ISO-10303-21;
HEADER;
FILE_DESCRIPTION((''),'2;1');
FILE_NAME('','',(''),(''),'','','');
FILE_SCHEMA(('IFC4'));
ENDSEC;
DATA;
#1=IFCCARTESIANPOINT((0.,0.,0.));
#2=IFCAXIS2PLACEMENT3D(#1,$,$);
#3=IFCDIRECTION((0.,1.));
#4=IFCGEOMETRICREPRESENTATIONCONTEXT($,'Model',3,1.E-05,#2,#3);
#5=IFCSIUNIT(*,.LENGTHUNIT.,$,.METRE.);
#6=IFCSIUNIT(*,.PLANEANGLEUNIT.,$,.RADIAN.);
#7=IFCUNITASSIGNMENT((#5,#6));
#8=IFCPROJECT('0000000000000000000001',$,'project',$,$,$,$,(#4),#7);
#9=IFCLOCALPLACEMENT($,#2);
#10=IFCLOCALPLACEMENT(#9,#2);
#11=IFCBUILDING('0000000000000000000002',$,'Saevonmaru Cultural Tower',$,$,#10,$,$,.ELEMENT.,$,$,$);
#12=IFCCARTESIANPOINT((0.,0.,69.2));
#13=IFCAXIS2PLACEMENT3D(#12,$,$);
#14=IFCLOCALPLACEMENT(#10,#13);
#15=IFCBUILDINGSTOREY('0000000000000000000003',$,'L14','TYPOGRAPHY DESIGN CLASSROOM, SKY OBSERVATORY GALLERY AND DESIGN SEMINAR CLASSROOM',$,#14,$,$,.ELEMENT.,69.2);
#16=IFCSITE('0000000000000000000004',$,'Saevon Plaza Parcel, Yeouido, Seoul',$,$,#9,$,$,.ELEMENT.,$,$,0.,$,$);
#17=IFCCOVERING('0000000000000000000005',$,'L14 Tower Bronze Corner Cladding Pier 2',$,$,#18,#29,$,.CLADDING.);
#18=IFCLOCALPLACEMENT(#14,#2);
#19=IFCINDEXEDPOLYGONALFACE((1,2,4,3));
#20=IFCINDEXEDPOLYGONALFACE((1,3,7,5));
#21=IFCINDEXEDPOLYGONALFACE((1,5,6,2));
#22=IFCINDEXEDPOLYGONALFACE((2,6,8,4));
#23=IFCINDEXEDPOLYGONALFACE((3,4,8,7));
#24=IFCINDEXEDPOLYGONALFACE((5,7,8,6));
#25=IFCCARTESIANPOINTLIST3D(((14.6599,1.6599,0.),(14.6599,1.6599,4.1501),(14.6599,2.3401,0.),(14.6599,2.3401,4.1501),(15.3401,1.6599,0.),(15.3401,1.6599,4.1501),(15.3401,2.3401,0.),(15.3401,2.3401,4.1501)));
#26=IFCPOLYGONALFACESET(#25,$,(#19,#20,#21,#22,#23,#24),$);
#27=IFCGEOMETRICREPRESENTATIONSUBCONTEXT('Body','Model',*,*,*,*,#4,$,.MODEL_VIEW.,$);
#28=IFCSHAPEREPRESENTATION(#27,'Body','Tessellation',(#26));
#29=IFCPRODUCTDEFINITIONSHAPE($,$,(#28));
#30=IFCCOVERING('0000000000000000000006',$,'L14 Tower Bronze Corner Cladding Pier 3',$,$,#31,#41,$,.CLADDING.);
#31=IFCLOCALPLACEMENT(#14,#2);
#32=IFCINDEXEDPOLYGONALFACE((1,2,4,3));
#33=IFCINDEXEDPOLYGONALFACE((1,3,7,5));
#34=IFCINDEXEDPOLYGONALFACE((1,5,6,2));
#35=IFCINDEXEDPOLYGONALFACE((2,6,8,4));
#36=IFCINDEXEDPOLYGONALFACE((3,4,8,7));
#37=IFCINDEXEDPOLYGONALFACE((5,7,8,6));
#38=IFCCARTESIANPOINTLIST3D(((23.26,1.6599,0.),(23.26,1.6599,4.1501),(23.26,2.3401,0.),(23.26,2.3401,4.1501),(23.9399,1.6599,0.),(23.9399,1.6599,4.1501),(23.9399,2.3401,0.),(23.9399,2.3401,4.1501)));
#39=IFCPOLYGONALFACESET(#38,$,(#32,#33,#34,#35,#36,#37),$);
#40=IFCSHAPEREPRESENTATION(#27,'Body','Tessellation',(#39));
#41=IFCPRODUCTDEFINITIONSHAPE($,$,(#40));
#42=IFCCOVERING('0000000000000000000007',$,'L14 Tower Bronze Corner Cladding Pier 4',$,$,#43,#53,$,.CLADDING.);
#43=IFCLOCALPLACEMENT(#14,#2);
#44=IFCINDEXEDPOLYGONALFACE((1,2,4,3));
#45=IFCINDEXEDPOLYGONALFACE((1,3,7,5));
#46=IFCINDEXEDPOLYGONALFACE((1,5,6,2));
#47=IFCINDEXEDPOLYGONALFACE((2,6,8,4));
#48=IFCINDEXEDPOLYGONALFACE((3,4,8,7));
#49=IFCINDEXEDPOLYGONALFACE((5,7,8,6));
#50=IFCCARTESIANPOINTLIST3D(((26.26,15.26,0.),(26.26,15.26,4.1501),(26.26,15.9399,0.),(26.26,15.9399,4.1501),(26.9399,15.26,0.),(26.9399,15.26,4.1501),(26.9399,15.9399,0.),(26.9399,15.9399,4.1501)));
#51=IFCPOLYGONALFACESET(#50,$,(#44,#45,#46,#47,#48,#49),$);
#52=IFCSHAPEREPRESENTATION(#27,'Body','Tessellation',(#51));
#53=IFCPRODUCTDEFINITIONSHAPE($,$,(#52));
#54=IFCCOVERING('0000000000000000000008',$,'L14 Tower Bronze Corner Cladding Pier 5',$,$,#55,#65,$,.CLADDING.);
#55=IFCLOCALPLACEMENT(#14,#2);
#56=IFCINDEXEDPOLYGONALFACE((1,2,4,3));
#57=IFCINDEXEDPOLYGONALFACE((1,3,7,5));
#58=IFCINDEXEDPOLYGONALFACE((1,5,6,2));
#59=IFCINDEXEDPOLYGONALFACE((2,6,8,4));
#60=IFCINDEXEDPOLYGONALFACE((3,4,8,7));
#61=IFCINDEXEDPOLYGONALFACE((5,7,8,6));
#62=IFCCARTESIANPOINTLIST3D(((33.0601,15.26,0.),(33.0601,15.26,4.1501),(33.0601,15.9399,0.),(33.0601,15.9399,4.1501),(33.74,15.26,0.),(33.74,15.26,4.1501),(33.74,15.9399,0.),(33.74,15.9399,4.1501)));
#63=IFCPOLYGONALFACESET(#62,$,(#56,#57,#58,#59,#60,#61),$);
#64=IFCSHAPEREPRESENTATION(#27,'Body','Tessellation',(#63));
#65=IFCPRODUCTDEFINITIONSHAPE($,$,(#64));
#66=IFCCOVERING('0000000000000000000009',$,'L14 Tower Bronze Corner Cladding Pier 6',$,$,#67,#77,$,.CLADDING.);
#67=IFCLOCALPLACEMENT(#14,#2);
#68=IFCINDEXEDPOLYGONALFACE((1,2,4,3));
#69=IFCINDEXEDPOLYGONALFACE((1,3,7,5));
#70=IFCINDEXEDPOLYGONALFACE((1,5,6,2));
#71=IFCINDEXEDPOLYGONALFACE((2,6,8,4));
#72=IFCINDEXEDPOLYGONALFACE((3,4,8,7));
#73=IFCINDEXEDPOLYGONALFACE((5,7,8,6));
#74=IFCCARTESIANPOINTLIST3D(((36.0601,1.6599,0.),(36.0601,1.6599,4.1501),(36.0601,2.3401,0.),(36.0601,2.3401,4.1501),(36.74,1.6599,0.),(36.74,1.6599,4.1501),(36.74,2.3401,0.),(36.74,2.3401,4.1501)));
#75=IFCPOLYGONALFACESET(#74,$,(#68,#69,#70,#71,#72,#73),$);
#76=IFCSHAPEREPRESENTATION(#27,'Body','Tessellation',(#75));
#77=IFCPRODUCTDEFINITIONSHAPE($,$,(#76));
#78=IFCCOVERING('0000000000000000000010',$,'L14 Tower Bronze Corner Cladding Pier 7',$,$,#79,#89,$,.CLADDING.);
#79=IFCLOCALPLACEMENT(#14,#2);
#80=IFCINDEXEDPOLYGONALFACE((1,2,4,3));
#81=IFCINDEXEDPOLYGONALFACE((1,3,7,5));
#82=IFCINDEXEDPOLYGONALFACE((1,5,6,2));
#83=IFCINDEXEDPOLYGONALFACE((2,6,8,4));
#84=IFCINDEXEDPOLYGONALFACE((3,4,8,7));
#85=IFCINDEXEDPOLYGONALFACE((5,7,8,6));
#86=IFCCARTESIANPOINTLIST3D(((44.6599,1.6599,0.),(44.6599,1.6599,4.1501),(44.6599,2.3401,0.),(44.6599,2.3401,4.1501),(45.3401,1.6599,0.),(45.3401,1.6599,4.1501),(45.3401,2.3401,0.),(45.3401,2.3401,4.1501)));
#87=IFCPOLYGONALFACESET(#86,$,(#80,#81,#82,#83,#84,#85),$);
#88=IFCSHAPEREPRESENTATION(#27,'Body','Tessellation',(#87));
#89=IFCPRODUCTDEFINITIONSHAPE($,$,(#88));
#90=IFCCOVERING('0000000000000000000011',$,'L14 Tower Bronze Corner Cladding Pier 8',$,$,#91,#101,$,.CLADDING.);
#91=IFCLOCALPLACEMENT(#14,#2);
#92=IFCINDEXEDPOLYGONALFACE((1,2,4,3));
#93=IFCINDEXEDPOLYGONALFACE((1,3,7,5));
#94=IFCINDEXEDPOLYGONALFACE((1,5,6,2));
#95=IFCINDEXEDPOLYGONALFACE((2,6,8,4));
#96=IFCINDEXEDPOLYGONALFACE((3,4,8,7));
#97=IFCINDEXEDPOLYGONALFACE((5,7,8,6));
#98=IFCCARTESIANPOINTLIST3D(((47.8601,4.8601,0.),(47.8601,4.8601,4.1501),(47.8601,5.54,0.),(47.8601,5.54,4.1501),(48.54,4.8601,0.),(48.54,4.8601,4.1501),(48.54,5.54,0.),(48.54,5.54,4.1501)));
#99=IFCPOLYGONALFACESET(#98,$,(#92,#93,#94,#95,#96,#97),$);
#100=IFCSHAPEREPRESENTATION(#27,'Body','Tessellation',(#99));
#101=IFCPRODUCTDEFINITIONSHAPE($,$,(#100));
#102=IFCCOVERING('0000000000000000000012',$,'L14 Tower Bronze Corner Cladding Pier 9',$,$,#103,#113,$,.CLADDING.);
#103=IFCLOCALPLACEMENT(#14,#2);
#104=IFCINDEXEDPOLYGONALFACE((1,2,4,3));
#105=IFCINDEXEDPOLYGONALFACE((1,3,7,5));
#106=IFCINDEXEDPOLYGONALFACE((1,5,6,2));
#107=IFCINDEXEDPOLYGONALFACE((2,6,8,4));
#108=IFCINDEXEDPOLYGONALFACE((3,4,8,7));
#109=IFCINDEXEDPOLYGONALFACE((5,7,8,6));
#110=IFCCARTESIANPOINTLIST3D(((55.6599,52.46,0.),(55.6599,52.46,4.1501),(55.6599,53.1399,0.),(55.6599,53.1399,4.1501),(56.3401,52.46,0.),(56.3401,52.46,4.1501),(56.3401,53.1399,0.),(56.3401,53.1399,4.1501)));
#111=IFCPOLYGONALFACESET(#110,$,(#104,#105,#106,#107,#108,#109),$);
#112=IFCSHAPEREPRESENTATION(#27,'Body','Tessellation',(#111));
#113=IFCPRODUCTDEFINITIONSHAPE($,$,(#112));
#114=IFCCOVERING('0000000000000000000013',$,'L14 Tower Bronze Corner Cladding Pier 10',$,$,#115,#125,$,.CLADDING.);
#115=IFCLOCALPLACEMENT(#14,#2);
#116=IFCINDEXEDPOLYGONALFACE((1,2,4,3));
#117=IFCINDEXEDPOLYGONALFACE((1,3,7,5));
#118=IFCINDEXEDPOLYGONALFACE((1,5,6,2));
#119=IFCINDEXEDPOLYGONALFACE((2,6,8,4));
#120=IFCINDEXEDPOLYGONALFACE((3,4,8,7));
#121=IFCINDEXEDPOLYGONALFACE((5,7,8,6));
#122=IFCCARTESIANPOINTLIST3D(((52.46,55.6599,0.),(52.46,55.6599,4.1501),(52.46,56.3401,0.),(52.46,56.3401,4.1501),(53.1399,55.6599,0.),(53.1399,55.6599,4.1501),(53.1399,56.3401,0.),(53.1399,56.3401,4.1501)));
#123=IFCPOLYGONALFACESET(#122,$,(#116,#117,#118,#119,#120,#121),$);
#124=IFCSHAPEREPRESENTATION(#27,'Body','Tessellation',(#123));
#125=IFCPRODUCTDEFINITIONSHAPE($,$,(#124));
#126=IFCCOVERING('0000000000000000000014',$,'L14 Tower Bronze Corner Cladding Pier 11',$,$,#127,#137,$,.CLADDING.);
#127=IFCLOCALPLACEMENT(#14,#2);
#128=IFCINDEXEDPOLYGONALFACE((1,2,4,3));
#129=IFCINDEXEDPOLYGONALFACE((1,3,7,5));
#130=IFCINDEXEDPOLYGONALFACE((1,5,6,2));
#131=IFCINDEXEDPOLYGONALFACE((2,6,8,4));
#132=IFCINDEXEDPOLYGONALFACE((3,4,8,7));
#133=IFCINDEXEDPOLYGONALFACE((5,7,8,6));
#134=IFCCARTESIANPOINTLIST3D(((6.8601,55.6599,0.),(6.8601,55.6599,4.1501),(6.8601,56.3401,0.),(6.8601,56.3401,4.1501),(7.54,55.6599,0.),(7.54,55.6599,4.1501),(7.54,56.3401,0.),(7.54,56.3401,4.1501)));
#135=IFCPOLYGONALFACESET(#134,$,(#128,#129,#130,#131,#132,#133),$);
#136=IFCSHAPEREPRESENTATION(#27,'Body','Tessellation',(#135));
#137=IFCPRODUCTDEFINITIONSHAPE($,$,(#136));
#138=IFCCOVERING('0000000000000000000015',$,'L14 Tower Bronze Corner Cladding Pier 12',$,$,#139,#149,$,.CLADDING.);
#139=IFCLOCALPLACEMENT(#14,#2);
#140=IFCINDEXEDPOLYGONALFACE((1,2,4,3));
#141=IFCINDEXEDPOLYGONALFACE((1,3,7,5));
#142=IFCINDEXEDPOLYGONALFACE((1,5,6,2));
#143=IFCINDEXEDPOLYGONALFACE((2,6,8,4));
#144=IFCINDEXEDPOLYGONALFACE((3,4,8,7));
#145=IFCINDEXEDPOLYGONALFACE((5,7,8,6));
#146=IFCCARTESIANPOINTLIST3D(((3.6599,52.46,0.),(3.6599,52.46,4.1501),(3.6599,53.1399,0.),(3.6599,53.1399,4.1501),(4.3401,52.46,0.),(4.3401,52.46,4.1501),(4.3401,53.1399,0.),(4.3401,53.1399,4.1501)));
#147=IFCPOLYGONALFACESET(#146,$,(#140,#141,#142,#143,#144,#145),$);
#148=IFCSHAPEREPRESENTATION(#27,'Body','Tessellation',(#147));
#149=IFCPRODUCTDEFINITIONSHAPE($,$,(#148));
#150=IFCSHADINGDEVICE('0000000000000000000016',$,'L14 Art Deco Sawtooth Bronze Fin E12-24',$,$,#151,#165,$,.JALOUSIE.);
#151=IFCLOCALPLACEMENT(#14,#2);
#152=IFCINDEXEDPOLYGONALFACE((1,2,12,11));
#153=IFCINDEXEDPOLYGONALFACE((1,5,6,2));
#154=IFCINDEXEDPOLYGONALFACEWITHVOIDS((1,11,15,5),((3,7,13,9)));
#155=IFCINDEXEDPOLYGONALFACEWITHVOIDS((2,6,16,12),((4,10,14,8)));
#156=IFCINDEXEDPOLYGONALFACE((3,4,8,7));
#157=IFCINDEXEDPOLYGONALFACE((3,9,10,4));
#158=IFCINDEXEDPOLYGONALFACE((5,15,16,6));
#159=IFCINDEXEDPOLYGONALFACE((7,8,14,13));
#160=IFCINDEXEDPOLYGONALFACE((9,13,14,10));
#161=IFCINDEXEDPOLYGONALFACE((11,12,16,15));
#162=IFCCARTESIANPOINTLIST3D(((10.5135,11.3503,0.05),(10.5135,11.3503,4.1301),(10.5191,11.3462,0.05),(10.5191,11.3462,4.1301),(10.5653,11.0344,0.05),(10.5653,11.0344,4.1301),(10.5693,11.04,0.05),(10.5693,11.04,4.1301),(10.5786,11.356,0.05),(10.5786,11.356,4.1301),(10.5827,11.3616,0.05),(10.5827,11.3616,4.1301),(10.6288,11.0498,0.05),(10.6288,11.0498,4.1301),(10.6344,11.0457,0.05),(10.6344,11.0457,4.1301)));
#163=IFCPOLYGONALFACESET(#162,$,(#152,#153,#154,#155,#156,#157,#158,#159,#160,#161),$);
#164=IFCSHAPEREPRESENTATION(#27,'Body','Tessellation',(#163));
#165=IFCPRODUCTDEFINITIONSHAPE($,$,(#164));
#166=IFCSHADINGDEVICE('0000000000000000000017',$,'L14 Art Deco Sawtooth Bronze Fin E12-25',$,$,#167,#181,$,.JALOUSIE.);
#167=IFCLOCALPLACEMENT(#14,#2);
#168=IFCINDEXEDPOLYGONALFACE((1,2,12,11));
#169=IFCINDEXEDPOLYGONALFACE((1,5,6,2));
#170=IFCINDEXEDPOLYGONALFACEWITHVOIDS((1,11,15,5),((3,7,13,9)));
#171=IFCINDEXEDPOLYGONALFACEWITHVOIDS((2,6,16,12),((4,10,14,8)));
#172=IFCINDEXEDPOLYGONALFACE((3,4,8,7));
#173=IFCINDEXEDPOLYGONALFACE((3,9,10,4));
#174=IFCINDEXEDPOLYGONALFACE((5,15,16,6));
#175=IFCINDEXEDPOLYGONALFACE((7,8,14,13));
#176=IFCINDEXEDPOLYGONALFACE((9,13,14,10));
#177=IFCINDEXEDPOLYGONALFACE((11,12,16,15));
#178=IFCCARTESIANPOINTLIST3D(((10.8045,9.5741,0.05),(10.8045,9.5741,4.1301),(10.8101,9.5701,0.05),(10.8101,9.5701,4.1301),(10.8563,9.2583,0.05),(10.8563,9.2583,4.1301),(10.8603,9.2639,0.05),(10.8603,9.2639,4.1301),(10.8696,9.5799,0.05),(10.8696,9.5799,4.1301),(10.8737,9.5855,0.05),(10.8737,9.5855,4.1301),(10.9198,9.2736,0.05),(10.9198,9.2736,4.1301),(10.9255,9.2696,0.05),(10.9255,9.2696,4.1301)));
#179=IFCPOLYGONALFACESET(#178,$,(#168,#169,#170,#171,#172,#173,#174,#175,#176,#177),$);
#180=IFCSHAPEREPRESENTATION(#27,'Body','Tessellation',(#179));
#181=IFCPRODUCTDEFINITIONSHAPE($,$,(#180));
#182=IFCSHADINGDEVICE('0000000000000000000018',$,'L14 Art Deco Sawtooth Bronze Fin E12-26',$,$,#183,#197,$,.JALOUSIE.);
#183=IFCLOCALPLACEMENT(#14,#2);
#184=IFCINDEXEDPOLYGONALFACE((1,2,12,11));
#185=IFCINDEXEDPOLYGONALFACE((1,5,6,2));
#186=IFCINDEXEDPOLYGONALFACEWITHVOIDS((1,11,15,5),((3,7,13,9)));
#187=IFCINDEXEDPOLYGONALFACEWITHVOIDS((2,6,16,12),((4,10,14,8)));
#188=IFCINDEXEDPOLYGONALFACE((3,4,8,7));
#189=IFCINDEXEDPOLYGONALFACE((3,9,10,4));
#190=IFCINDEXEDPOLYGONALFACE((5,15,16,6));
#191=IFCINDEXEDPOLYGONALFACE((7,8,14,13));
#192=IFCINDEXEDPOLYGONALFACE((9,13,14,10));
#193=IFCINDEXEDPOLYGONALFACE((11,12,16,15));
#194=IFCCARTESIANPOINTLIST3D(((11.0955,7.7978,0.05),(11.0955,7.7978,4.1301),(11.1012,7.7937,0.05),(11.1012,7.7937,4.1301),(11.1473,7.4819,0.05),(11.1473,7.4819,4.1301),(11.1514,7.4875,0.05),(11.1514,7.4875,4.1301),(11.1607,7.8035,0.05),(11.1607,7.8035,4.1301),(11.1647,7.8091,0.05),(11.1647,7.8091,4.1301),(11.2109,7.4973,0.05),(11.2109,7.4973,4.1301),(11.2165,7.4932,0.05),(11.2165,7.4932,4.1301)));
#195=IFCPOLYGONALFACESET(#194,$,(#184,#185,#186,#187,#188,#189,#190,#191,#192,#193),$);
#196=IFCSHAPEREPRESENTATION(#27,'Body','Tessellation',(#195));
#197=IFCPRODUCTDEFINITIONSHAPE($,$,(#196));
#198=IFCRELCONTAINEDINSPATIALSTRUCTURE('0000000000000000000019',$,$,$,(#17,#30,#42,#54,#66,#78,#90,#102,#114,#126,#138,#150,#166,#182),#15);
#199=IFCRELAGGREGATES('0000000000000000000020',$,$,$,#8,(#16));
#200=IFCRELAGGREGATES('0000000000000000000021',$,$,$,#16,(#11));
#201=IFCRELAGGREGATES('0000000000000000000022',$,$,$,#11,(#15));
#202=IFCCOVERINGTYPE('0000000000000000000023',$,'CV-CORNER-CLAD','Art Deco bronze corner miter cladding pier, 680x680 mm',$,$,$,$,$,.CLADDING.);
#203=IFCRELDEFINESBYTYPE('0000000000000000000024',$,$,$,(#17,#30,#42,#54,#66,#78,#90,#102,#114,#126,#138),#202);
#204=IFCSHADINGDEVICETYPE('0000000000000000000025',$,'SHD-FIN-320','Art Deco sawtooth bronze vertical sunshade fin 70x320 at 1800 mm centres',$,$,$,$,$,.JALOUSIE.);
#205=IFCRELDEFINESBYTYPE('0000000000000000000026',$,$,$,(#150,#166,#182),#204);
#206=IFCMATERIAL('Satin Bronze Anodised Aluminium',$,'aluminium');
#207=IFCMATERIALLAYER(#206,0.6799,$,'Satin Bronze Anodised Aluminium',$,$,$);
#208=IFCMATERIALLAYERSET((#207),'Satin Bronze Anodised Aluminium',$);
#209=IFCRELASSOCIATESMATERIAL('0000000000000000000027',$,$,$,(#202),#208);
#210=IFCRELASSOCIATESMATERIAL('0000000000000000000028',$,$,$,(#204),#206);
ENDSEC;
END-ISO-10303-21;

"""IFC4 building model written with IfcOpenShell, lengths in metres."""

from ifc_helpers import new_model, si_unit, direction, frame, origin, origin_2d, place, context, subcontext, project, spatial, polyline, hollow_rectangle, outline, extrude, material, layer, layer_set, material_profile, profile_set, type_object, element, save


model = new_model("IFC4")

# Units and contexts
model_context = context("Model", 3, precision=1e-05, world=origin(), true_north=direction((0.0, 1.0)))
body_context = subcontext(model_context, "Body", "Model", "MODEL_VIEW")
ifc_project = project(units=[si_unit("LENGTHUNIT", "METRE"), si_unit("PLANEANGLEUNIT", "RADIAN")], contexts=[model_context])

# Site, building, storey
site_placement = place(None, origin())
site = spatial("IfcSite", under=ifc_project, at=site_placement, Name="Saevon Plaza Parcel, Yeouido, Seoul", CompositionType="ELEMENT", RefElevation=0.0)
building_placement = place(site_placement, origin())
building = spatial("IfcBuilding", under=site, at=building_placement, Name="Saevonmaru Cultural Tower", CompositionType="ELEMENT")
storey_placement = place(building_placement, frame((0.0, 0.0, 69.2)))
storey = spatial("IfcBuildingStorey", under=building, at=storey_placement, Name="L14", Description="TYPOGRAPHY DESIGN CLASSROOM, SKY OBSERVATORY GALLERY AND DESIGN SEMINAR CLASSROOM", CompositionType="ELEMENT", Elevation=69.2)

# Shared definitions
ifc_material_1 = material(Name="Satin Bronze Anodised Aluminium", Category="aluminium")

# Coverings
ifc_layer_1 = layer(ifc_material_1, 0.6799, Name="Satin Bronze Anodised Aluminium")
ifc_layer_set_1 = layer_set([ifc_layer_1], Name="Satin Bronze Anodised Aluminium")
covering_type = type_object("IfcCoveringType", Name="CV-CORNER-CLAD", Description="Art Deco bronze corner miter cladding pier, 680x680 mm", PredefinedType="CLADDING", material=ifc_layer_set_1)
covering_1_placement = place(storey_placement, origin())
element("IfcCovering", 1, at=covering_1_placement, inside=storey, type_object=covering_type, Name="L14 Tower Bronze Corner Cladding Pier 2", PredefinedType="CLADDING", context=body_context, shape_type="SweptSolid", body=[
    extrude(outline(polyline([(14.6599, 1.6599), (15.3401, 1.6599), (15.3401, 2.3401), (14.6599, 2.3401), (14.6599, 1.6599)])), origin(), (0.0, 0.0, 1.0), 4.1501),
])
covering_2_placement = place(storey_placement, origin())
element("IfcCovering", 2, at=covering_2_placement, inside=storey, type_object=covering_type, Name="L14 Tower Bronze Corner Cladding Pier 3", PredefinedType="CLADDING", context=body_context, shape_type="SweptSolid", body=[
    extrude(outline(polyline([(23.26, 1.6599), (23.9399, 1.6599), (23.9399, 2.3401), (23.26, 2.3401), (23.26, 1.6599)])), origin(), (0.0, 0.0, 1.0), 4.1501),
])
covering_3_placement = place(storey_placement, origin())
element("IfcCovering", 3, at=covering_3_placement, inside=storey, type_object=covering_type, Name="L14 Tower Bronze Corner Cladding Pier 4", PredefinedType="CLADDING", context=body_context, shape_type="SweptSolid", body=[
    extrude(outline(polyline([(26.26, 15.26), (26.9399, 15.26), (26.9399, 15.9399), (26.26, 15.9399), (26.26, 15.26)])), origin(), (0.0, 0.0, 1.0), 4.1501),
])
covering_4_placement = place(storey_placement, origin())
element("IfcCovering", 4, at=covering_4_placement, inside=storey, type_object=covering_type, Name="L14 Tower Bronze Corner Cladding Pier 5", PredefinedType="CLADDING", context=body_context, shape_type="SweptSolid", body=[
    extrude(outline(polyline([(33.0601, 15.26), (33.74, 15.26), (33.74, 15.9399), (33.0601, 15.9399), (33.0601, 15.26)])), origin(), (0.0, 0.0, 1.0), 4.1501),
])
covering_5_placement = place(storey_placement, origin())
element("IfcCovering", 5, at=covering_5_placement, inside=storey, type_object=covering_type, Name="L14 Tower Bronze Corner Cladding Pier 6", PredefinedType="CLADDING", context=body_context, shape_type="SweptSolid", body=[
    extrude(outline(polyline([(36.0601, 1.6599), (36.74, 1.6599), (36.74, 2.3401), (36.0601, 2.3401), (36.0601, 1.6599)])), origin(), (0.0, 0.0, 1.0), 4.1501),
])
covering_6_placement = place(storey_placement, origin())
element("IfcCovering", 6, at=covering_6_placement, inside=storey, type_object=covering_type, Name="L14 Tower Bronze Corner Cladding Pier 7", PredefinedType="CLADDING", context=body_context, shape_type="SweptSolid", body=[
    extrude(outline(polyline([(44.6599, 1.6599), (45.3401, 1.6599), (45.3401, 2.3401), (44.6599, 2.3401), (44.6599, 1.6599)])), origin(), (0.0, 0.0, 1.0), 4.1501),
])
covering_7_placement = place(storey_placement, origin())
element("IfcCovering", 7, at=covering_7_placement, inside=storey, type_object=covering_type, Name="L14 Tower Bronze Corner Cladding Pier 8", PredefinedType="CLADDING", context=body_context, shape_type="SweptSolid", body=[
    extrude(outline(polyline([(47.8601, 4.8601), (48.54, 4.8601), (48.54, 5.54), (47.8601, 5.54), (47.8601, 4.8601)])), origin(), (0.0, 0.0, 1.0), 4.1501),
])
covering_8_placement = place(storey_placement, origin())
element("IfcCovering", 8, at=covering_8_placement, inside=storey, type_object=covering_type, Name="L14 Tower Bronze Corner Cladding Pier 9", PredefinedType="CLADDING", context=body_context, shape_type="SweptSolid", body=[
    extrude(outline(polyline([(55.6599, 52.46), (56.3401, 52.46), (56.3401, 53.1399), (55.6599, 53.1399), (55.6599, 52.46)])), origin(), (0.0, 0.0, 1.0), 4.1501),
])
covering_9_placement = place(storey_placement, origin())
element("IfcCovering", 9, at=covering_9_placement, inside=storey, type_object=covering_type, Name="L14 Tower Bronze Corner Cladding Pier 10", PredefinedType="CLADDING", context=body_context, shape_type="SweptSolid", body=[
    extrude(outline(polyline([(52.46, 55.6599), (53.1399, 55.6599), (53.1399, 56.3401), (52.46, 56.3401), (52.46, 55.6599)])), origin(), (0.0, 0.0, 1.0), 4.1501),
])
covering_10_placement = place(storey_placement, origin())
element("IfcCovering", 10, at=covering_10_placement, inside=storey, type_object=covering_type, Name="L14 Tower Bronze Corner Cladding Pier 11", PredefinedType="CLADDING", context=body_context, shape_type="SweptSolid", body=[
    extrude(outline(polyline([(6.8601, 55.6599), (7.54, 55.6599), (7.54, 56.3401), (6.8601, 56.3401), (6.8601, 55.6599)])), origin(), (0.0, 0.0, 1.0), 4.1501),
])
covering_11_placement = place(storey_placement, origin())
element("IfcCovering", 11, at=covering_11_placement, inside=storey, type_object=covering_type, Name="L14 Tower Bronze Corner Cladding Pier 12", PredefinedType="CLADDING", context=body_context, shape_type="SweptSolid", body=[
    extrude(outline(polyline([(3.6599, 52.46), (4.3401, 52.46), (4.3401, 53.1399), (3.6599, 53.1399), (3.6599, 52.46)])), origin(), (0.0, 0.0, 1.0), 4.1501),
])

# Shading devices
ifc_material_profile_1 = material_profile(ifc_material_1, hollow_rectangle(XDim=0.0701, YDim=0.3201, WallThickness=0.0049, at=origin_2d()), Name="FIN-320x70")
ifc_profile_set_1 = profile_set([ifc_material_profile_1], Name="Satin Bronze Anodised Aluminium")
shading_device_type = type_object("IfcShadingDeviceType", Name="SHD-FIN-320", Description="Art Deco sawtooth bronze vertical sunshade fin 70x320 at 1800 mm centres", PredefinedType="JALOUSIE", material=ifc_profile_set_1)
for number, where, z_axis, x_axis, name in (
    (12, (10.574, 11.198, 0.05), (0.0, 0.0, 1.0), (-0.986827, -0.161776, 0.0), "L14 Art Deco Sawtooth Bronze Fin E12-24"),
    (13, (10.865, 9.4219, 0.05), (0.0, 0.0, 1.0), (-0.986827, -0.161776, 0.0), "L14 Art Deco Sawtooth Bronze Fin E12-25"),
    (14, (11.156, 7.6455, 0.05), (0.0, 0.0, 1.0), (-0.986827, -0.161776, 0.0), "L14 Art Deco Sawtooth Bronze Fin E12-26"),
):
    element("IfcShadingDevice", number, at=place(storey_placement, frame(where, z_axis=z_axis, x_axis=x_axis)), inside=storey, type_object=shading_device_type, Name=name, PredefinedType="JALOUSIE", context=body_context, shape_type="SweptSolid", body=[
        extrude(hollow_rectangle(XDim=0.0701, YDim=0.3201, WallThickness=0.0049, at=origin_2d()), origin(), (0.0, 0.0, 1.0), 4.0801),
    ])

save(model, "model.ifc")
